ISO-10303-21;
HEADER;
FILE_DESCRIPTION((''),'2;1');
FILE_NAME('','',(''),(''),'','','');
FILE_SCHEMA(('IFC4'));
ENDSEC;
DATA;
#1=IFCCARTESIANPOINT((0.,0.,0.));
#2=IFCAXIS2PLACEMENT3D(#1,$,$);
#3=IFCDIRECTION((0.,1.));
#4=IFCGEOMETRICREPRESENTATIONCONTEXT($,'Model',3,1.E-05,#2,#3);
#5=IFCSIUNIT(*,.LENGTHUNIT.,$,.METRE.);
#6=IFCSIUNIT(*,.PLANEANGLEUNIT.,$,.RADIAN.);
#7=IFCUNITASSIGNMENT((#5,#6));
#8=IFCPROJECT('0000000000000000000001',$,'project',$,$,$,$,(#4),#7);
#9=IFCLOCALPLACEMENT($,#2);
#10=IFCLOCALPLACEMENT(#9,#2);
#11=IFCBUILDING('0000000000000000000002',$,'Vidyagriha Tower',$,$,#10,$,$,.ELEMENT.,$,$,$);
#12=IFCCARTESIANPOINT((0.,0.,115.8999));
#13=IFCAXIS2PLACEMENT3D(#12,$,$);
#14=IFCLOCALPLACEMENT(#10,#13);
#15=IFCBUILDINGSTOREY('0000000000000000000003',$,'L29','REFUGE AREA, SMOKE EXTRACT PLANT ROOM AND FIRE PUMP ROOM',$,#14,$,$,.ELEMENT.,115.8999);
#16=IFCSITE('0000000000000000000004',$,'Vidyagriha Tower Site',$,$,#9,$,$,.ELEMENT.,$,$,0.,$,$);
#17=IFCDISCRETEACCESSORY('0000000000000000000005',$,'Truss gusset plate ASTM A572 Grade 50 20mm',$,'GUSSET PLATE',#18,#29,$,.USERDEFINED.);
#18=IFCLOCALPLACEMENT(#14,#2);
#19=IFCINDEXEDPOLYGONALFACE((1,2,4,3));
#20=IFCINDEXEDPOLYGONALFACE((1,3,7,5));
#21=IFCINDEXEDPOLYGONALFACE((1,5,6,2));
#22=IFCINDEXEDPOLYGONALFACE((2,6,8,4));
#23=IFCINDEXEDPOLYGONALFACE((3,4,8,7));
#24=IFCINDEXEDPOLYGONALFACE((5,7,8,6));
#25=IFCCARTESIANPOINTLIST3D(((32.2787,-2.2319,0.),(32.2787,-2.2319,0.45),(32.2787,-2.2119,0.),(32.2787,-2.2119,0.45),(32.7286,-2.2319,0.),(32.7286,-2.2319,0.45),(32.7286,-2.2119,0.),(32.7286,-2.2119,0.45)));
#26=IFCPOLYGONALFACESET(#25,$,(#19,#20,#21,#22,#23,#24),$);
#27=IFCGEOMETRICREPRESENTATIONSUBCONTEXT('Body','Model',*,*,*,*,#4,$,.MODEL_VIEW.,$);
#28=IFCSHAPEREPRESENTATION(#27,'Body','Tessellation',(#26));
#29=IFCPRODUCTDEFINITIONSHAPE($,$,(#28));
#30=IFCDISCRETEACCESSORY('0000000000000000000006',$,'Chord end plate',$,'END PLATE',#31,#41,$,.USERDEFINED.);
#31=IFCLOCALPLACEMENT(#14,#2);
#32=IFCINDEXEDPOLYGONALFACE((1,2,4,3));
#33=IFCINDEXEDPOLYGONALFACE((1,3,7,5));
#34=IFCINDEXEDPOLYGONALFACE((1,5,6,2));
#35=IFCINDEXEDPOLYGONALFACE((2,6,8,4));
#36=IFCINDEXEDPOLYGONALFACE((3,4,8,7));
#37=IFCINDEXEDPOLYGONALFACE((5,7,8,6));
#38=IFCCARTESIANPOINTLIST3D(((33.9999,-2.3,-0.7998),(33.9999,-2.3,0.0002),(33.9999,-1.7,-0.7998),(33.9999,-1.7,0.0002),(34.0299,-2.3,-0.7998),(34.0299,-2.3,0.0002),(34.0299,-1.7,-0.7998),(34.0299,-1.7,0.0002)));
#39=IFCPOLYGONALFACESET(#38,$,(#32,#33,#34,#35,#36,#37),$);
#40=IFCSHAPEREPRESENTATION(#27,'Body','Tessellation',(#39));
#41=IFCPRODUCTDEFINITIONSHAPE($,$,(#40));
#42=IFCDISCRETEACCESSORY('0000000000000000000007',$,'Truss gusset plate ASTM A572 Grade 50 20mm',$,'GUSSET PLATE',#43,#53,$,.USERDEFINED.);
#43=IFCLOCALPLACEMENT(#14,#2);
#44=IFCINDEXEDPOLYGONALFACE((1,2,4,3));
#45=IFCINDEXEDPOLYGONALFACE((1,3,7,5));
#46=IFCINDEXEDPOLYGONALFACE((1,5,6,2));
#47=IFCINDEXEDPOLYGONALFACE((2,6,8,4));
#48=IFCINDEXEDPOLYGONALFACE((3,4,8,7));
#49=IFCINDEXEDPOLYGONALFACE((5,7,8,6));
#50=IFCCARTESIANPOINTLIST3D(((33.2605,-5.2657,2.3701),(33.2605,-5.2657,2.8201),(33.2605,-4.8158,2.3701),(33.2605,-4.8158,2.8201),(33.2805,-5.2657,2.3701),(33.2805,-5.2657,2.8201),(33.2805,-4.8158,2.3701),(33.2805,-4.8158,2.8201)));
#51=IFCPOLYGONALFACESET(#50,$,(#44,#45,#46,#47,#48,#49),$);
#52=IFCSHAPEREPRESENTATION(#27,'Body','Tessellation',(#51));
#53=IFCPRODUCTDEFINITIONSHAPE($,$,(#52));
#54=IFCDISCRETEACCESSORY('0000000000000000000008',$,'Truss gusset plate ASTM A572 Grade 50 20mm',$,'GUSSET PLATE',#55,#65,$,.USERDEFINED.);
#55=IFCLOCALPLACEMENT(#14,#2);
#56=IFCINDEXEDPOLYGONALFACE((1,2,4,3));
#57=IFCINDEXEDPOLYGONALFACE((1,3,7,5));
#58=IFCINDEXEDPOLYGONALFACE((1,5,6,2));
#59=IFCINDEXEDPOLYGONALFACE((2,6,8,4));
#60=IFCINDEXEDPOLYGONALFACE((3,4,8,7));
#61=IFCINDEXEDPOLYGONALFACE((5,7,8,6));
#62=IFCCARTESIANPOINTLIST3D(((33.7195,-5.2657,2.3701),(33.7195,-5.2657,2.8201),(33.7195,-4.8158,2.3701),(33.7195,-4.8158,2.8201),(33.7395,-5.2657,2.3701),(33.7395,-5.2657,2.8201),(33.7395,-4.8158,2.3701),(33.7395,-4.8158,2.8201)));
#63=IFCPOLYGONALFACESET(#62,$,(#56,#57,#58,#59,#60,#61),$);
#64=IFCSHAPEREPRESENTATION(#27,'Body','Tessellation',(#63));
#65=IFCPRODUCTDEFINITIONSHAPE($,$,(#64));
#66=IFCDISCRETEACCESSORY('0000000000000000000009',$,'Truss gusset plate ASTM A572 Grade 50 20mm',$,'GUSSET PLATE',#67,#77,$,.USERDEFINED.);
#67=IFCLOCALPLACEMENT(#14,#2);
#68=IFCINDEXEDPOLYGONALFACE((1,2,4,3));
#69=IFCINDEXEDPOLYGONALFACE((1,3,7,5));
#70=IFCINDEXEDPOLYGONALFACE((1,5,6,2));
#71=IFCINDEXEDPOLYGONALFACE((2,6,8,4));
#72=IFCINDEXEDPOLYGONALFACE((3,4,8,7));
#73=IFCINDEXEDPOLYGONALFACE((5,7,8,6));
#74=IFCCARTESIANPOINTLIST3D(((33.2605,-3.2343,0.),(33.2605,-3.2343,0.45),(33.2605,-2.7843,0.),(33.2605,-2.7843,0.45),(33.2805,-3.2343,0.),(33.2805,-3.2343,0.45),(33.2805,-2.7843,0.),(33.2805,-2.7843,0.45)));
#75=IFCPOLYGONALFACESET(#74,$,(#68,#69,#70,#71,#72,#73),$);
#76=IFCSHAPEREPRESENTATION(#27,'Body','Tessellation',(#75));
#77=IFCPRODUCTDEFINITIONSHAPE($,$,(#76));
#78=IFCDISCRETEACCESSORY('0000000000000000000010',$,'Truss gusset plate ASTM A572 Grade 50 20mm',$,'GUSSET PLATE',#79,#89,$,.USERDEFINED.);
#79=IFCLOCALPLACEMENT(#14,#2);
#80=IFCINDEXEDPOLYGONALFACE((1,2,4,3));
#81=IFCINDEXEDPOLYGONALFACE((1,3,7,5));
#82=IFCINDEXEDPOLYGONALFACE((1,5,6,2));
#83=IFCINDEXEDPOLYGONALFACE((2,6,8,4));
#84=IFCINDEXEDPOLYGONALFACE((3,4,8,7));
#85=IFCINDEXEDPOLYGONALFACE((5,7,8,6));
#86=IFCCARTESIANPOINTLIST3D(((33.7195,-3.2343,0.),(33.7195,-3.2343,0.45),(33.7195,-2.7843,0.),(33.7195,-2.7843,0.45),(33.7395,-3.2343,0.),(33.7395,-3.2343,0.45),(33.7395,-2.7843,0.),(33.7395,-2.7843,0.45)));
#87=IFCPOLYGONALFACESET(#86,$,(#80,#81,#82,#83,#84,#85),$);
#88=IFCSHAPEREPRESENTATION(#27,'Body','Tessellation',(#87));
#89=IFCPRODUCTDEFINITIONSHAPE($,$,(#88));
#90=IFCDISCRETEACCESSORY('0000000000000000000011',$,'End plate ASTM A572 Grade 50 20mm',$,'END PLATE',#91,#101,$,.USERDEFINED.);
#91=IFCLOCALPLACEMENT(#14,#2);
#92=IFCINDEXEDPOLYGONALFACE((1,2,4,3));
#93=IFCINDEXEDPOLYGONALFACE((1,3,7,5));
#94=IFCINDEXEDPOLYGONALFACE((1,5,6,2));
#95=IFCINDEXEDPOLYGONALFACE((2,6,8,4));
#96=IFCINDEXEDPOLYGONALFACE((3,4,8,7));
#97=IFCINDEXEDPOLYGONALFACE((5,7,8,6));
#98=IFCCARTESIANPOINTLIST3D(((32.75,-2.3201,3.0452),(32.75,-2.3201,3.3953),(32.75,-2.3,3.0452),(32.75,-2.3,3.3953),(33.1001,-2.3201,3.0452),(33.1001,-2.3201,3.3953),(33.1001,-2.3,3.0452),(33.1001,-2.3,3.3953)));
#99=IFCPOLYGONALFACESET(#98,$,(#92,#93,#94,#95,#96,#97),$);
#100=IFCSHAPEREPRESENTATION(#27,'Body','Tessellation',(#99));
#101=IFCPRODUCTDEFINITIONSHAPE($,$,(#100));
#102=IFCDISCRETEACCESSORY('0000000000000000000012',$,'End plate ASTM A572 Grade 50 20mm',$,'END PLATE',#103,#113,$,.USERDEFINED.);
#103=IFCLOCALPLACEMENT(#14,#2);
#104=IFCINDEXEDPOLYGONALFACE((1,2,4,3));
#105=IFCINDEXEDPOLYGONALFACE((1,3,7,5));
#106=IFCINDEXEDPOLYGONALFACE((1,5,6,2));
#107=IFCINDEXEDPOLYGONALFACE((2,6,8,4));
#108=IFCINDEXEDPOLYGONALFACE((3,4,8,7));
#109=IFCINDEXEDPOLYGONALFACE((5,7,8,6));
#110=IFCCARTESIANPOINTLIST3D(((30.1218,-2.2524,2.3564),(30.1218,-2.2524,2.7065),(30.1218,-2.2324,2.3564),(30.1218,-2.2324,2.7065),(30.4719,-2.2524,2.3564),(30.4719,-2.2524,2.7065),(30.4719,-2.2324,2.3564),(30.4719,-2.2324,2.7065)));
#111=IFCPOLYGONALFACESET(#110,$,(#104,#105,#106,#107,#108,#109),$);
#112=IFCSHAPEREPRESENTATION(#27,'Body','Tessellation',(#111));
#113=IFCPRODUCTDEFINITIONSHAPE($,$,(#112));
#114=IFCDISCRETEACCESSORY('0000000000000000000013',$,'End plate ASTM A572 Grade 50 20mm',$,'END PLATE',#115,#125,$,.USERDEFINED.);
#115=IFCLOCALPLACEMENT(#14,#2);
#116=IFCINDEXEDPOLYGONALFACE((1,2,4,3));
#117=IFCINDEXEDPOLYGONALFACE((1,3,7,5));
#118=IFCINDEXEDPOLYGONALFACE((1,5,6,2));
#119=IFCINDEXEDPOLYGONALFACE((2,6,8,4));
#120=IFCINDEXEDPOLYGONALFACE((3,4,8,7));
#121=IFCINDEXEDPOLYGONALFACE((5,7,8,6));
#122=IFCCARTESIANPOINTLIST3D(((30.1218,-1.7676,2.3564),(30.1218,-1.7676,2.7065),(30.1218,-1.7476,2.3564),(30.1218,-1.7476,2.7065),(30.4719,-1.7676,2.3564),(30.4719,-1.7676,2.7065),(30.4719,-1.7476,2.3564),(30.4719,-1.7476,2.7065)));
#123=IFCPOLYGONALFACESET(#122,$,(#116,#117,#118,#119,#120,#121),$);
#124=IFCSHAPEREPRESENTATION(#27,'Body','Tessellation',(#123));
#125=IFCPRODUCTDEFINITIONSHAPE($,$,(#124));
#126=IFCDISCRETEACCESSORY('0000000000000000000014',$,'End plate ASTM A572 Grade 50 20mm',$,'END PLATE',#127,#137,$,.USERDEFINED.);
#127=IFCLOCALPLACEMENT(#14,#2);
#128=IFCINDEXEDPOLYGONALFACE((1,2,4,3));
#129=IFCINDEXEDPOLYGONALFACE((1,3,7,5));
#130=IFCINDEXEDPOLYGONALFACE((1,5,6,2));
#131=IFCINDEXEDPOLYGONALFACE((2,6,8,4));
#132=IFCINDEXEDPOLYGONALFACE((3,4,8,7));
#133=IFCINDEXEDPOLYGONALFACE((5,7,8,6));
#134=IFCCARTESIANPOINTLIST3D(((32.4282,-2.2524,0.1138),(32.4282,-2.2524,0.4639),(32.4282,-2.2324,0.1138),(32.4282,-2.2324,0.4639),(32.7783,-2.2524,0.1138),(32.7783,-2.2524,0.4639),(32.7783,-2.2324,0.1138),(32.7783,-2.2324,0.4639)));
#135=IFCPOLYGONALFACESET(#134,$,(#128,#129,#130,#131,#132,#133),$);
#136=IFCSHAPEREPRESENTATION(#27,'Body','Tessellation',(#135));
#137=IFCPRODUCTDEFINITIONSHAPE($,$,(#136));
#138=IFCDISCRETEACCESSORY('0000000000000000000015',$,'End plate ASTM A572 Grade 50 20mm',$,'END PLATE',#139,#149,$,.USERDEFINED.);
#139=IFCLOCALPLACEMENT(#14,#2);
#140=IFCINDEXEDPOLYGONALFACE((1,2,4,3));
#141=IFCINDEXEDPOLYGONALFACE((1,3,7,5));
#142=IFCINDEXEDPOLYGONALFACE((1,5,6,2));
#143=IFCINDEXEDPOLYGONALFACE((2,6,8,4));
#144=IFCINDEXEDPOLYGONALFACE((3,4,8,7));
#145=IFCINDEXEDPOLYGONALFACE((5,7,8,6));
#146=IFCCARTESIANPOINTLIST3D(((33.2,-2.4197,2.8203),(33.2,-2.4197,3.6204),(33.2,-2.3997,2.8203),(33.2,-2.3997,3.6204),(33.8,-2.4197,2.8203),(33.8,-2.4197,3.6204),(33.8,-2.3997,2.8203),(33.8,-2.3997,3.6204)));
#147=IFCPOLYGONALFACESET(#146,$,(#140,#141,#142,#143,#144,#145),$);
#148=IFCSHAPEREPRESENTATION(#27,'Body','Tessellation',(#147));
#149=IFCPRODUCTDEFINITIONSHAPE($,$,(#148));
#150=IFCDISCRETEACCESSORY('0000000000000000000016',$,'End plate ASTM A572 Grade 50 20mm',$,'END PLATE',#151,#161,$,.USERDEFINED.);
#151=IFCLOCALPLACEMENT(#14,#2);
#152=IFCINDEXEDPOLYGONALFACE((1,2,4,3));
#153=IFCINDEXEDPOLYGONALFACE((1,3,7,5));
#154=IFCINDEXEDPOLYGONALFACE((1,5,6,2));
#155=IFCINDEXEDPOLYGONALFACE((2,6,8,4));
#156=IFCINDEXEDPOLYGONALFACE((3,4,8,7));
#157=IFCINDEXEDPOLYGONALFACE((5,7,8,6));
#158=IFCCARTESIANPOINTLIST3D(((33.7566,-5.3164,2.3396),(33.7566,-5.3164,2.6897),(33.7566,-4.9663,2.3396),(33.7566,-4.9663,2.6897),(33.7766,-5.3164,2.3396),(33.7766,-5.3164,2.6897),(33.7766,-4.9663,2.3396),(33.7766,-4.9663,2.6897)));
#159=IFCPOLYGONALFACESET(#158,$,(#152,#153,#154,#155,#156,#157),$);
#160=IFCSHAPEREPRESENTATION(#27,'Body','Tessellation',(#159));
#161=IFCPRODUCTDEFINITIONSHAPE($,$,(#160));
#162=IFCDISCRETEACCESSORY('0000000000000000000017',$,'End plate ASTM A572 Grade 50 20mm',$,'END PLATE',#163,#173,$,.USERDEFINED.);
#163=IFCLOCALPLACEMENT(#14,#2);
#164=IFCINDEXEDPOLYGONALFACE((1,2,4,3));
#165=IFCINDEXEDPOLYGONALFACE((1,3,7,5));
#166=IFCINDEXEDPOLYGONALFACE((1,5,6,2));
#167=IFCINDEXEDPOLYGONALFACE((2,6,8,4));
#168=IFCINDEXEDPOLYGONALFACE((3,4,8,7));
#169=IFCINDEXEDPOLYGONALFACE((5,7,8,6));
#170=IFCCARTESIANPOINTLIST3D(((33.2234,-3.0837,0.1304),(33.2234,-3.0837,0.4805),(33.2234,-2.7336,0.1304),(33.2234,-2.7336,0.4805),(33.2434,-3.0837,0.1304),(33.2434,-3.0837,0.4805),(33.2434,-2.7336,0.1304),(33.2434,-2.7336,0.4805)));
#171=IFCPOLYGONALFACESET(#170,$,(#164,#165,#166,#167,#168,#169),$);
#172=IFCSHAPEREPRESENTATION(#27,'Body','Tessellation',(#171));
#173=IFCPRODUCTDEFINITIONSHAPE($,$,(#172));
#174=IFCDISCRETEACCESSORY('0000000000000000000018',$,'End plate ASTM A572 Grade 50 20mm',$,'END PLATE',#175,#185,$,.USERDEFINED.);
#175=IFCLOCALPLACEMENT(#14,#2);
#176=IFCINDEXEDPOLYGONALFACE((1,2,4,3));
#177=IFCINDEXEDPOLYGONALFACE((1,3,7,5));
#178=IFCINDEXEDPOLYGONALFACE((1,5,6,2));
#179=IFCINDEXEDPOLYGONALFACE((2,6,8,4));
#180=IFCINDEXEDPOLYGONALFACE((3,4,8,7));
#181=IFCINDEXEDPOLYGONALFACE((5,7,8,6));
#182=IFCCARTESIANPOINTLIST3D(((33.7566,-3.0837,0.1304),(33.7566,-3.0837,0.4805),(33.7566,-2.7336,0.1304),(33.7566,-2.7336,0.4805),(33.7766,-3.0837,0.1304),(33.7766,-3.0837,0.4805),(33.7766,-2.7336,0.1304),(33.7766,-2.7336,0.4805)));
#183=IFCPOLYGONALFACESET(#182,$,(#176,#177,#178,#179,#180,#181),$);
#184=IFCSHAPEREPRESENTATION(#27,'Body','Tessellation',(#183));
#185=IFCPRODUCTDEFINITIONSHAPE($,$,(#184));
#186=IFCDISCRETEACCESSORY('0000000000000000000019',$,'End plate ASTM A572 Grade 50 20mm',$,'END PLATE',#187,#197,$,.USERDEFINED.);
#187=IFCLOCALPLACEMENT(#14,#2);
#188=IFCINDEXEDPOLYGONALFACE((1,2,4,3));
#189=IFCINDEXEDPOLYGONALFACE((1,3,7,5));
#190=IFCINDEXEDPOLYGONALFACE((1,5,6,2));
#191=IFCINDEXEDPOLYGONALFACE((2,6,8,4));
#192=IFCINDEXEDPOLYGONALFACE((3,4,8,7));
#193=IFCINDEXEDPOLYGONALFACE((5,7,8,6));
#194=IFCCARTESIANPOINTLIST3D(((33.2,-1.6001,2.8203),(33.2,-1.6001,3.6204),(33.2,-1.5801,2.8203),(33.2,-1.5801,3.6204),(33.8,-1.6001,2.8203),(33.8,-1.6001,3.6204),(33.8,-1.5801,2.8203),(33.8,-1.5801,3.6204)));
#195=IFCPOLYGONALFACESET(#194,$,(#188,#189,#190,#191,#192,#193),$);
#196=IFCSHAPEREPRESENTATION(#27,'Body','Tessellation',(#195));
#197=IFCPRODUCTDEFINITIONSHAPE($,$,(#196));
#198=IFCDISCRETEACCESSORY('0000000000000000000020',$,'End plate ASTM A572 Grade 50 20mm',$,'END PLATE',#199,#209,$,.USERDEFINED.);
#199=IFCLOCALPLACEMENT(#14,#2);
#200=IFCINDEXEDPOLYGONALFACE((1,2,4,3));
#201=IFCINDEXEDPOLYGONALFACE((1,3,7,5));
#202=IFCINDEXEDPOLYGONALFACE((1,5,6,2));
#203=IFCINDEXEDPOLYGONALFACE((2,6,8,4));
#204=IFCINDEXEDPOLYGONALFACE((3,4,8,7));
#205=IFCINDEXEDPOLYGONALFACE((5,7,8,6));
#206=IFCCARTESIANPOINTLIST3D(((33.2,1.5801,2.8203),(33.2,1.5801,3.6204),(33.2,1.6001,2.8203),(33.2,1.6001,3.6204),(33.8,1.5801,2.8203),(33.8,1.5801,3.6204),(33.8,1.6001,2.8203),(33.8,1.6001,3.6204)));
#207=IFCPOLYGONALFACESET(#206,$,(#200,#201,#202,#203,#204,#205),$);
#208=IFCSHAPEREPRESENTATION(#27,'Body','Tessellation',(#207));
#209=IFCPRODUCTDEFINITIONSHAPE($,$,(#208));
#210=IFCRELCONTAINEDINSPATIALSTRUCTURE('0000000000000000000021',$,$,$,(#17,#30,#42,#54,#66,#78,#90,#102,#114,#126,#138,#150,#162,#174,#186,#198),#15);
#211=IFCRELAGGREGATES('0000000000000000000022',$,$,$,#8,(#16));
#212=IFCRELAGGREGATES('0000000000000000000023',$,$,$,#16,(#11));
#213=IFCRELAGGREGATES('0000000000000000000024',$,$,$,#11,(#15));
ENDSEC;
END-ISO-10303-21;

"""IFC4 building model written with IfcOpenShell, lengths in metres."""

from ifc_helpers import new_model, si_unit, direction, frame, origin, origin_2d, place, context, subcontext, project, spatial, rectangle, extrude, element, save


model = new_model("IFC4")

# Units and contexts
model_context = context("Model", 3, precision=1e-05, world=origin(), true_north=direction((0.0, 1.0)))
body_context = subcontext(model_context, "Body", "Model", "MODEL_VIEW")
ifc_project = project(units=[si_unit("LENGTHUNIT", "METRE"), si_unit("PLANEANGLEUNIT", "RADIAN")], contexts=[model_context])

# Site, building, storey
site_placement = place(None, origin())
site = spatial("IfcSite", under=ifc_project, at=site_placement, Name="Vidyagriha Tower Site", CompositionType="ELEMENT", RefElevation=0.0)
building_placement = place(site_placement, origin())
building = spatial("IfcBuilding", under=site, at=building_placement, Name="Vidyagriha Tower", CompositionType="ELEMENT")
storey_placement = place(building_placement, frame((0.0, 0.0, 115.8999)))
storey = spatial("IfcBuildingStorey", under=building, at=storey_placement, Name="L29", Description="REFUGE AREA, SMOKE EXTRACT PLANT ROOM AND FIRE PUMP ROOM", CompositionType="ELEMENT", Elevation=115.8999)

# Discrete accessories
for number, where, name in (
    (1, (32.5037, -2.2219, 0.0), "Truss gusset plate ASTM A572 Grade 50 20mm"),
):
    element("IfcDiscreteAccessory", number, at=place(storey_placement, frame(where)), inside=storey, Name=name, ObjectType="GUSSET PLATE", PredefinedType="USERDEFINED", context=body_context, shape_type="SweptSolid", body=[
        extrude(rectangle(XDim=0.45, YDim=0.02, at=origin_2d()), origin(), (0.0, 0.0, 1.0), 0.45),
    ])
discrete_accessory_1_placement = place(storey_placement, frame((34.0149, -2.0, -0.7998)))
element("IfcDiscreteAccessory", 2, at=discrete_accessory_1_placement, inside=storey, Name="Chord end plate", ObjectType="END PLATE", PredefinedType="USERDEFINED", context=body_context, shape_type="SweptSolid", body=[
    extrude(rectangle(XDim=0.03, YDim=0.6001, at=origin_2d()), origin(), (0.0, 0.0, 1.0), 0.8),
])
for number, where, z_axis, x_axis, name in (
    (3, (33.2705, -5.0408, 2.3701), (0.0, 0.0, 1.0), (0.0, 1.0, 0.0), "Truss gusset plate ASTM A572 Grade 50 20mm"),
    (4, (33.7295, -5.0408, 2.3701), (0.0, 0.0, 1.0), (0.0, 1.0, 0.0), "Truss gusset plate ASTM A572 Grade 50 20mm"),
    (5, (33.2705, -3.0093, 0.0), (0.0, 0.0, 1.0), (0.0, 1.0, 0.0), "Truss gusset plate ASTM A572 Grade 50 20mm"),
    (6, (33.7295, -3.0093, 0.0), (0.0, 0.0, 1.0), (0.0, 1.0, 0.0), "Truss gusset plate ASTM A572 Grade 50 20mm"),
):
    element("IfcDiscreteAccessory", number, at=place(storey_placement, frame(where, z_axis=z_axis, x_axis=x_axis)), inside=storey, Name=name, ObjectType="GUSSET PLATE", PredefinedType="USERDEFINED", context=body_context, shape_type="SweptSolid", body=[
        extrude(rectangle(XDim=0.45, YDim=0.02, at=origin_2d()), origin(), (0.0, 0.0, 1.0), 0.45),
    ])
discrete_accessory_2_placement = place(storey_placement, frame((32.925, -2.3101, 3.0452)))
element("IfcDiscreteAccessory", 7, at=discrete_accessory_2_placement, inside=storey, Name="End plate ASTM A572 Grade 50 20mm", ObjectType="END PLATE", PredefinedType="USERDEFINED", context=body_context, shape_type="SweptSolid", body=[
    extrude(rectangle(XDim=0.3501, YDim=0.02, at=origin_2d()), origin(), (0.0, 0.0, 1.0), 0.3501),
])
for number, where, z_axis, x_axis, name in (
    (8, (30.2969, -2.2424, 2.3564), (0.0, 0.0, 1.0), (-1.0, 0.0, 0.0), "End plate ASTM A572 Grade 50 20mm"),
    (9, (30.2969, -1.7576, 2.3564), (0.0, 0.0, 1.0), (-1.0, 0.0, 0.0), "End plate ASTM A572 Grade 50 20mm"),
):
    element("IfcDiscreteAccessory", number, at=place(storey_placement, frame(where, z_axis=z_axis, x_axis=x_axis)), inside=storey, Name=name, ObjectType="END PLATE", PredefinedType="USERDEFINED", context=body_context, shape_type="SweptSolid", body=[
        extrude(rectangle(XDim=0.3501, YDim=0.02, at=origin_2d()), origin(), (0.0, 0.0, 1.0), 0.3501),
    ])
discrete_accessory_3_placement = place(storey_placement, frame((32.6033, -2.2424, 0.1138)))
element("IfcDiscreteAccessory", 10, at=discrete_accessory_3_placement, inside=storey, Name="End plate ASTM A572 Grade 50 20mm", ObjectType="END PLATE", PredefinedType="USERDEFINED", context=body_context, shape_type="SweptSolid", body=[
    extrude(rectangle(XDim=0.3501, YDim=0.02, at=origin_2d()), origin(), (0.0, 0.0, 1.0), 0.3501),
])
discrete_accessory_4_placement = place(storey_placement, frame((33.5, -2.4097, 2.8203), z_axis=(0.0, 0.0, 1.0), x_axis=(0.0, 1.0, 0.0)))
element("IfcDiscreteAccessory", 11, at=discrete_accessory_4_placement, inside=storey, Name="End plate ASTM A572 Grade 50 20mm", ObjectType="END PLATE", PredefinedType="USERDEFINED", context=body_context, shape_type="SweptSolid", body=[
    extrude(rectangle(XDim=0.02, YDim=0.6001, at=origin_2d()), origin(), (0.0, 0.0, 1.0), 0.8),
])
for number, where, z_axis, x_axis, name in (
    (12, (33.7666, -5.1414, 2.3396), (0.0, 0.0, 1.0), (0.0, -1.0, 0.0), "End plate ASTM A572 Grade 50 20mm"),
    (13, (33.2334, -2.9087, 0.1304), (0.0, 0.0, 1.0), (0.0, 1.0, 0.0), "End plate ASTM A572 Grade 50 20mm"),
    (14, (33.7666, -2.9087, 0.1304), (0.0, 0.0, 1.0), (0.0, 1.0, 0.0), "End plate ASTM A572 Grade 50 20mm"),
):
    element("IfcDiscreteAccessory", number, at=place(storey_placement, frame(where, z_axis=z_axis, x_axis=x_axis)), inside=storey, Name=name, ObjectType="END PLATE", PredefinedType="USERDEFINED", context=body_context, shape_type="SweptSolid", body=[
        extrude(rectangle(XDim=0.3501, YDim=0.02, at=origin_2d()), origin(), (0.0, 0.0, 1.0), 0.3501),
    ])
for number, where, z_axis, x_axis, name in (
    (15, (33.5, -1.5901, 2.8203), (0.0, 0.0, 1.0), (0.0, -1.0, 0.0), "End plate ASTM A572 Grade 50 20mm"),
    (16, (33.5, 1.5901, 2.8203), (0.0, 0.0, 1.0), (0.0, 1.0, 0.0), "End plate ASTM A572 Grade 50 20mm"),
):
    element("IfcDiscreteAccessory", number, at=place(storey_placement, frame(where, z_axis=z_axis, x_axis=x_axis)), inside=storey, Name=name, ObjectType="END PLATE", PredefinedType="USERDEFINED", context=body_context, shape_type="SweptSolid", body=[
        extrude(rectangle(XDim=0.02, YDim=0.6001, at=origin_2d()), origin(), (0.0, 0.0, 1.0), 0.8),
    ])

save(model, "model.ifc")
